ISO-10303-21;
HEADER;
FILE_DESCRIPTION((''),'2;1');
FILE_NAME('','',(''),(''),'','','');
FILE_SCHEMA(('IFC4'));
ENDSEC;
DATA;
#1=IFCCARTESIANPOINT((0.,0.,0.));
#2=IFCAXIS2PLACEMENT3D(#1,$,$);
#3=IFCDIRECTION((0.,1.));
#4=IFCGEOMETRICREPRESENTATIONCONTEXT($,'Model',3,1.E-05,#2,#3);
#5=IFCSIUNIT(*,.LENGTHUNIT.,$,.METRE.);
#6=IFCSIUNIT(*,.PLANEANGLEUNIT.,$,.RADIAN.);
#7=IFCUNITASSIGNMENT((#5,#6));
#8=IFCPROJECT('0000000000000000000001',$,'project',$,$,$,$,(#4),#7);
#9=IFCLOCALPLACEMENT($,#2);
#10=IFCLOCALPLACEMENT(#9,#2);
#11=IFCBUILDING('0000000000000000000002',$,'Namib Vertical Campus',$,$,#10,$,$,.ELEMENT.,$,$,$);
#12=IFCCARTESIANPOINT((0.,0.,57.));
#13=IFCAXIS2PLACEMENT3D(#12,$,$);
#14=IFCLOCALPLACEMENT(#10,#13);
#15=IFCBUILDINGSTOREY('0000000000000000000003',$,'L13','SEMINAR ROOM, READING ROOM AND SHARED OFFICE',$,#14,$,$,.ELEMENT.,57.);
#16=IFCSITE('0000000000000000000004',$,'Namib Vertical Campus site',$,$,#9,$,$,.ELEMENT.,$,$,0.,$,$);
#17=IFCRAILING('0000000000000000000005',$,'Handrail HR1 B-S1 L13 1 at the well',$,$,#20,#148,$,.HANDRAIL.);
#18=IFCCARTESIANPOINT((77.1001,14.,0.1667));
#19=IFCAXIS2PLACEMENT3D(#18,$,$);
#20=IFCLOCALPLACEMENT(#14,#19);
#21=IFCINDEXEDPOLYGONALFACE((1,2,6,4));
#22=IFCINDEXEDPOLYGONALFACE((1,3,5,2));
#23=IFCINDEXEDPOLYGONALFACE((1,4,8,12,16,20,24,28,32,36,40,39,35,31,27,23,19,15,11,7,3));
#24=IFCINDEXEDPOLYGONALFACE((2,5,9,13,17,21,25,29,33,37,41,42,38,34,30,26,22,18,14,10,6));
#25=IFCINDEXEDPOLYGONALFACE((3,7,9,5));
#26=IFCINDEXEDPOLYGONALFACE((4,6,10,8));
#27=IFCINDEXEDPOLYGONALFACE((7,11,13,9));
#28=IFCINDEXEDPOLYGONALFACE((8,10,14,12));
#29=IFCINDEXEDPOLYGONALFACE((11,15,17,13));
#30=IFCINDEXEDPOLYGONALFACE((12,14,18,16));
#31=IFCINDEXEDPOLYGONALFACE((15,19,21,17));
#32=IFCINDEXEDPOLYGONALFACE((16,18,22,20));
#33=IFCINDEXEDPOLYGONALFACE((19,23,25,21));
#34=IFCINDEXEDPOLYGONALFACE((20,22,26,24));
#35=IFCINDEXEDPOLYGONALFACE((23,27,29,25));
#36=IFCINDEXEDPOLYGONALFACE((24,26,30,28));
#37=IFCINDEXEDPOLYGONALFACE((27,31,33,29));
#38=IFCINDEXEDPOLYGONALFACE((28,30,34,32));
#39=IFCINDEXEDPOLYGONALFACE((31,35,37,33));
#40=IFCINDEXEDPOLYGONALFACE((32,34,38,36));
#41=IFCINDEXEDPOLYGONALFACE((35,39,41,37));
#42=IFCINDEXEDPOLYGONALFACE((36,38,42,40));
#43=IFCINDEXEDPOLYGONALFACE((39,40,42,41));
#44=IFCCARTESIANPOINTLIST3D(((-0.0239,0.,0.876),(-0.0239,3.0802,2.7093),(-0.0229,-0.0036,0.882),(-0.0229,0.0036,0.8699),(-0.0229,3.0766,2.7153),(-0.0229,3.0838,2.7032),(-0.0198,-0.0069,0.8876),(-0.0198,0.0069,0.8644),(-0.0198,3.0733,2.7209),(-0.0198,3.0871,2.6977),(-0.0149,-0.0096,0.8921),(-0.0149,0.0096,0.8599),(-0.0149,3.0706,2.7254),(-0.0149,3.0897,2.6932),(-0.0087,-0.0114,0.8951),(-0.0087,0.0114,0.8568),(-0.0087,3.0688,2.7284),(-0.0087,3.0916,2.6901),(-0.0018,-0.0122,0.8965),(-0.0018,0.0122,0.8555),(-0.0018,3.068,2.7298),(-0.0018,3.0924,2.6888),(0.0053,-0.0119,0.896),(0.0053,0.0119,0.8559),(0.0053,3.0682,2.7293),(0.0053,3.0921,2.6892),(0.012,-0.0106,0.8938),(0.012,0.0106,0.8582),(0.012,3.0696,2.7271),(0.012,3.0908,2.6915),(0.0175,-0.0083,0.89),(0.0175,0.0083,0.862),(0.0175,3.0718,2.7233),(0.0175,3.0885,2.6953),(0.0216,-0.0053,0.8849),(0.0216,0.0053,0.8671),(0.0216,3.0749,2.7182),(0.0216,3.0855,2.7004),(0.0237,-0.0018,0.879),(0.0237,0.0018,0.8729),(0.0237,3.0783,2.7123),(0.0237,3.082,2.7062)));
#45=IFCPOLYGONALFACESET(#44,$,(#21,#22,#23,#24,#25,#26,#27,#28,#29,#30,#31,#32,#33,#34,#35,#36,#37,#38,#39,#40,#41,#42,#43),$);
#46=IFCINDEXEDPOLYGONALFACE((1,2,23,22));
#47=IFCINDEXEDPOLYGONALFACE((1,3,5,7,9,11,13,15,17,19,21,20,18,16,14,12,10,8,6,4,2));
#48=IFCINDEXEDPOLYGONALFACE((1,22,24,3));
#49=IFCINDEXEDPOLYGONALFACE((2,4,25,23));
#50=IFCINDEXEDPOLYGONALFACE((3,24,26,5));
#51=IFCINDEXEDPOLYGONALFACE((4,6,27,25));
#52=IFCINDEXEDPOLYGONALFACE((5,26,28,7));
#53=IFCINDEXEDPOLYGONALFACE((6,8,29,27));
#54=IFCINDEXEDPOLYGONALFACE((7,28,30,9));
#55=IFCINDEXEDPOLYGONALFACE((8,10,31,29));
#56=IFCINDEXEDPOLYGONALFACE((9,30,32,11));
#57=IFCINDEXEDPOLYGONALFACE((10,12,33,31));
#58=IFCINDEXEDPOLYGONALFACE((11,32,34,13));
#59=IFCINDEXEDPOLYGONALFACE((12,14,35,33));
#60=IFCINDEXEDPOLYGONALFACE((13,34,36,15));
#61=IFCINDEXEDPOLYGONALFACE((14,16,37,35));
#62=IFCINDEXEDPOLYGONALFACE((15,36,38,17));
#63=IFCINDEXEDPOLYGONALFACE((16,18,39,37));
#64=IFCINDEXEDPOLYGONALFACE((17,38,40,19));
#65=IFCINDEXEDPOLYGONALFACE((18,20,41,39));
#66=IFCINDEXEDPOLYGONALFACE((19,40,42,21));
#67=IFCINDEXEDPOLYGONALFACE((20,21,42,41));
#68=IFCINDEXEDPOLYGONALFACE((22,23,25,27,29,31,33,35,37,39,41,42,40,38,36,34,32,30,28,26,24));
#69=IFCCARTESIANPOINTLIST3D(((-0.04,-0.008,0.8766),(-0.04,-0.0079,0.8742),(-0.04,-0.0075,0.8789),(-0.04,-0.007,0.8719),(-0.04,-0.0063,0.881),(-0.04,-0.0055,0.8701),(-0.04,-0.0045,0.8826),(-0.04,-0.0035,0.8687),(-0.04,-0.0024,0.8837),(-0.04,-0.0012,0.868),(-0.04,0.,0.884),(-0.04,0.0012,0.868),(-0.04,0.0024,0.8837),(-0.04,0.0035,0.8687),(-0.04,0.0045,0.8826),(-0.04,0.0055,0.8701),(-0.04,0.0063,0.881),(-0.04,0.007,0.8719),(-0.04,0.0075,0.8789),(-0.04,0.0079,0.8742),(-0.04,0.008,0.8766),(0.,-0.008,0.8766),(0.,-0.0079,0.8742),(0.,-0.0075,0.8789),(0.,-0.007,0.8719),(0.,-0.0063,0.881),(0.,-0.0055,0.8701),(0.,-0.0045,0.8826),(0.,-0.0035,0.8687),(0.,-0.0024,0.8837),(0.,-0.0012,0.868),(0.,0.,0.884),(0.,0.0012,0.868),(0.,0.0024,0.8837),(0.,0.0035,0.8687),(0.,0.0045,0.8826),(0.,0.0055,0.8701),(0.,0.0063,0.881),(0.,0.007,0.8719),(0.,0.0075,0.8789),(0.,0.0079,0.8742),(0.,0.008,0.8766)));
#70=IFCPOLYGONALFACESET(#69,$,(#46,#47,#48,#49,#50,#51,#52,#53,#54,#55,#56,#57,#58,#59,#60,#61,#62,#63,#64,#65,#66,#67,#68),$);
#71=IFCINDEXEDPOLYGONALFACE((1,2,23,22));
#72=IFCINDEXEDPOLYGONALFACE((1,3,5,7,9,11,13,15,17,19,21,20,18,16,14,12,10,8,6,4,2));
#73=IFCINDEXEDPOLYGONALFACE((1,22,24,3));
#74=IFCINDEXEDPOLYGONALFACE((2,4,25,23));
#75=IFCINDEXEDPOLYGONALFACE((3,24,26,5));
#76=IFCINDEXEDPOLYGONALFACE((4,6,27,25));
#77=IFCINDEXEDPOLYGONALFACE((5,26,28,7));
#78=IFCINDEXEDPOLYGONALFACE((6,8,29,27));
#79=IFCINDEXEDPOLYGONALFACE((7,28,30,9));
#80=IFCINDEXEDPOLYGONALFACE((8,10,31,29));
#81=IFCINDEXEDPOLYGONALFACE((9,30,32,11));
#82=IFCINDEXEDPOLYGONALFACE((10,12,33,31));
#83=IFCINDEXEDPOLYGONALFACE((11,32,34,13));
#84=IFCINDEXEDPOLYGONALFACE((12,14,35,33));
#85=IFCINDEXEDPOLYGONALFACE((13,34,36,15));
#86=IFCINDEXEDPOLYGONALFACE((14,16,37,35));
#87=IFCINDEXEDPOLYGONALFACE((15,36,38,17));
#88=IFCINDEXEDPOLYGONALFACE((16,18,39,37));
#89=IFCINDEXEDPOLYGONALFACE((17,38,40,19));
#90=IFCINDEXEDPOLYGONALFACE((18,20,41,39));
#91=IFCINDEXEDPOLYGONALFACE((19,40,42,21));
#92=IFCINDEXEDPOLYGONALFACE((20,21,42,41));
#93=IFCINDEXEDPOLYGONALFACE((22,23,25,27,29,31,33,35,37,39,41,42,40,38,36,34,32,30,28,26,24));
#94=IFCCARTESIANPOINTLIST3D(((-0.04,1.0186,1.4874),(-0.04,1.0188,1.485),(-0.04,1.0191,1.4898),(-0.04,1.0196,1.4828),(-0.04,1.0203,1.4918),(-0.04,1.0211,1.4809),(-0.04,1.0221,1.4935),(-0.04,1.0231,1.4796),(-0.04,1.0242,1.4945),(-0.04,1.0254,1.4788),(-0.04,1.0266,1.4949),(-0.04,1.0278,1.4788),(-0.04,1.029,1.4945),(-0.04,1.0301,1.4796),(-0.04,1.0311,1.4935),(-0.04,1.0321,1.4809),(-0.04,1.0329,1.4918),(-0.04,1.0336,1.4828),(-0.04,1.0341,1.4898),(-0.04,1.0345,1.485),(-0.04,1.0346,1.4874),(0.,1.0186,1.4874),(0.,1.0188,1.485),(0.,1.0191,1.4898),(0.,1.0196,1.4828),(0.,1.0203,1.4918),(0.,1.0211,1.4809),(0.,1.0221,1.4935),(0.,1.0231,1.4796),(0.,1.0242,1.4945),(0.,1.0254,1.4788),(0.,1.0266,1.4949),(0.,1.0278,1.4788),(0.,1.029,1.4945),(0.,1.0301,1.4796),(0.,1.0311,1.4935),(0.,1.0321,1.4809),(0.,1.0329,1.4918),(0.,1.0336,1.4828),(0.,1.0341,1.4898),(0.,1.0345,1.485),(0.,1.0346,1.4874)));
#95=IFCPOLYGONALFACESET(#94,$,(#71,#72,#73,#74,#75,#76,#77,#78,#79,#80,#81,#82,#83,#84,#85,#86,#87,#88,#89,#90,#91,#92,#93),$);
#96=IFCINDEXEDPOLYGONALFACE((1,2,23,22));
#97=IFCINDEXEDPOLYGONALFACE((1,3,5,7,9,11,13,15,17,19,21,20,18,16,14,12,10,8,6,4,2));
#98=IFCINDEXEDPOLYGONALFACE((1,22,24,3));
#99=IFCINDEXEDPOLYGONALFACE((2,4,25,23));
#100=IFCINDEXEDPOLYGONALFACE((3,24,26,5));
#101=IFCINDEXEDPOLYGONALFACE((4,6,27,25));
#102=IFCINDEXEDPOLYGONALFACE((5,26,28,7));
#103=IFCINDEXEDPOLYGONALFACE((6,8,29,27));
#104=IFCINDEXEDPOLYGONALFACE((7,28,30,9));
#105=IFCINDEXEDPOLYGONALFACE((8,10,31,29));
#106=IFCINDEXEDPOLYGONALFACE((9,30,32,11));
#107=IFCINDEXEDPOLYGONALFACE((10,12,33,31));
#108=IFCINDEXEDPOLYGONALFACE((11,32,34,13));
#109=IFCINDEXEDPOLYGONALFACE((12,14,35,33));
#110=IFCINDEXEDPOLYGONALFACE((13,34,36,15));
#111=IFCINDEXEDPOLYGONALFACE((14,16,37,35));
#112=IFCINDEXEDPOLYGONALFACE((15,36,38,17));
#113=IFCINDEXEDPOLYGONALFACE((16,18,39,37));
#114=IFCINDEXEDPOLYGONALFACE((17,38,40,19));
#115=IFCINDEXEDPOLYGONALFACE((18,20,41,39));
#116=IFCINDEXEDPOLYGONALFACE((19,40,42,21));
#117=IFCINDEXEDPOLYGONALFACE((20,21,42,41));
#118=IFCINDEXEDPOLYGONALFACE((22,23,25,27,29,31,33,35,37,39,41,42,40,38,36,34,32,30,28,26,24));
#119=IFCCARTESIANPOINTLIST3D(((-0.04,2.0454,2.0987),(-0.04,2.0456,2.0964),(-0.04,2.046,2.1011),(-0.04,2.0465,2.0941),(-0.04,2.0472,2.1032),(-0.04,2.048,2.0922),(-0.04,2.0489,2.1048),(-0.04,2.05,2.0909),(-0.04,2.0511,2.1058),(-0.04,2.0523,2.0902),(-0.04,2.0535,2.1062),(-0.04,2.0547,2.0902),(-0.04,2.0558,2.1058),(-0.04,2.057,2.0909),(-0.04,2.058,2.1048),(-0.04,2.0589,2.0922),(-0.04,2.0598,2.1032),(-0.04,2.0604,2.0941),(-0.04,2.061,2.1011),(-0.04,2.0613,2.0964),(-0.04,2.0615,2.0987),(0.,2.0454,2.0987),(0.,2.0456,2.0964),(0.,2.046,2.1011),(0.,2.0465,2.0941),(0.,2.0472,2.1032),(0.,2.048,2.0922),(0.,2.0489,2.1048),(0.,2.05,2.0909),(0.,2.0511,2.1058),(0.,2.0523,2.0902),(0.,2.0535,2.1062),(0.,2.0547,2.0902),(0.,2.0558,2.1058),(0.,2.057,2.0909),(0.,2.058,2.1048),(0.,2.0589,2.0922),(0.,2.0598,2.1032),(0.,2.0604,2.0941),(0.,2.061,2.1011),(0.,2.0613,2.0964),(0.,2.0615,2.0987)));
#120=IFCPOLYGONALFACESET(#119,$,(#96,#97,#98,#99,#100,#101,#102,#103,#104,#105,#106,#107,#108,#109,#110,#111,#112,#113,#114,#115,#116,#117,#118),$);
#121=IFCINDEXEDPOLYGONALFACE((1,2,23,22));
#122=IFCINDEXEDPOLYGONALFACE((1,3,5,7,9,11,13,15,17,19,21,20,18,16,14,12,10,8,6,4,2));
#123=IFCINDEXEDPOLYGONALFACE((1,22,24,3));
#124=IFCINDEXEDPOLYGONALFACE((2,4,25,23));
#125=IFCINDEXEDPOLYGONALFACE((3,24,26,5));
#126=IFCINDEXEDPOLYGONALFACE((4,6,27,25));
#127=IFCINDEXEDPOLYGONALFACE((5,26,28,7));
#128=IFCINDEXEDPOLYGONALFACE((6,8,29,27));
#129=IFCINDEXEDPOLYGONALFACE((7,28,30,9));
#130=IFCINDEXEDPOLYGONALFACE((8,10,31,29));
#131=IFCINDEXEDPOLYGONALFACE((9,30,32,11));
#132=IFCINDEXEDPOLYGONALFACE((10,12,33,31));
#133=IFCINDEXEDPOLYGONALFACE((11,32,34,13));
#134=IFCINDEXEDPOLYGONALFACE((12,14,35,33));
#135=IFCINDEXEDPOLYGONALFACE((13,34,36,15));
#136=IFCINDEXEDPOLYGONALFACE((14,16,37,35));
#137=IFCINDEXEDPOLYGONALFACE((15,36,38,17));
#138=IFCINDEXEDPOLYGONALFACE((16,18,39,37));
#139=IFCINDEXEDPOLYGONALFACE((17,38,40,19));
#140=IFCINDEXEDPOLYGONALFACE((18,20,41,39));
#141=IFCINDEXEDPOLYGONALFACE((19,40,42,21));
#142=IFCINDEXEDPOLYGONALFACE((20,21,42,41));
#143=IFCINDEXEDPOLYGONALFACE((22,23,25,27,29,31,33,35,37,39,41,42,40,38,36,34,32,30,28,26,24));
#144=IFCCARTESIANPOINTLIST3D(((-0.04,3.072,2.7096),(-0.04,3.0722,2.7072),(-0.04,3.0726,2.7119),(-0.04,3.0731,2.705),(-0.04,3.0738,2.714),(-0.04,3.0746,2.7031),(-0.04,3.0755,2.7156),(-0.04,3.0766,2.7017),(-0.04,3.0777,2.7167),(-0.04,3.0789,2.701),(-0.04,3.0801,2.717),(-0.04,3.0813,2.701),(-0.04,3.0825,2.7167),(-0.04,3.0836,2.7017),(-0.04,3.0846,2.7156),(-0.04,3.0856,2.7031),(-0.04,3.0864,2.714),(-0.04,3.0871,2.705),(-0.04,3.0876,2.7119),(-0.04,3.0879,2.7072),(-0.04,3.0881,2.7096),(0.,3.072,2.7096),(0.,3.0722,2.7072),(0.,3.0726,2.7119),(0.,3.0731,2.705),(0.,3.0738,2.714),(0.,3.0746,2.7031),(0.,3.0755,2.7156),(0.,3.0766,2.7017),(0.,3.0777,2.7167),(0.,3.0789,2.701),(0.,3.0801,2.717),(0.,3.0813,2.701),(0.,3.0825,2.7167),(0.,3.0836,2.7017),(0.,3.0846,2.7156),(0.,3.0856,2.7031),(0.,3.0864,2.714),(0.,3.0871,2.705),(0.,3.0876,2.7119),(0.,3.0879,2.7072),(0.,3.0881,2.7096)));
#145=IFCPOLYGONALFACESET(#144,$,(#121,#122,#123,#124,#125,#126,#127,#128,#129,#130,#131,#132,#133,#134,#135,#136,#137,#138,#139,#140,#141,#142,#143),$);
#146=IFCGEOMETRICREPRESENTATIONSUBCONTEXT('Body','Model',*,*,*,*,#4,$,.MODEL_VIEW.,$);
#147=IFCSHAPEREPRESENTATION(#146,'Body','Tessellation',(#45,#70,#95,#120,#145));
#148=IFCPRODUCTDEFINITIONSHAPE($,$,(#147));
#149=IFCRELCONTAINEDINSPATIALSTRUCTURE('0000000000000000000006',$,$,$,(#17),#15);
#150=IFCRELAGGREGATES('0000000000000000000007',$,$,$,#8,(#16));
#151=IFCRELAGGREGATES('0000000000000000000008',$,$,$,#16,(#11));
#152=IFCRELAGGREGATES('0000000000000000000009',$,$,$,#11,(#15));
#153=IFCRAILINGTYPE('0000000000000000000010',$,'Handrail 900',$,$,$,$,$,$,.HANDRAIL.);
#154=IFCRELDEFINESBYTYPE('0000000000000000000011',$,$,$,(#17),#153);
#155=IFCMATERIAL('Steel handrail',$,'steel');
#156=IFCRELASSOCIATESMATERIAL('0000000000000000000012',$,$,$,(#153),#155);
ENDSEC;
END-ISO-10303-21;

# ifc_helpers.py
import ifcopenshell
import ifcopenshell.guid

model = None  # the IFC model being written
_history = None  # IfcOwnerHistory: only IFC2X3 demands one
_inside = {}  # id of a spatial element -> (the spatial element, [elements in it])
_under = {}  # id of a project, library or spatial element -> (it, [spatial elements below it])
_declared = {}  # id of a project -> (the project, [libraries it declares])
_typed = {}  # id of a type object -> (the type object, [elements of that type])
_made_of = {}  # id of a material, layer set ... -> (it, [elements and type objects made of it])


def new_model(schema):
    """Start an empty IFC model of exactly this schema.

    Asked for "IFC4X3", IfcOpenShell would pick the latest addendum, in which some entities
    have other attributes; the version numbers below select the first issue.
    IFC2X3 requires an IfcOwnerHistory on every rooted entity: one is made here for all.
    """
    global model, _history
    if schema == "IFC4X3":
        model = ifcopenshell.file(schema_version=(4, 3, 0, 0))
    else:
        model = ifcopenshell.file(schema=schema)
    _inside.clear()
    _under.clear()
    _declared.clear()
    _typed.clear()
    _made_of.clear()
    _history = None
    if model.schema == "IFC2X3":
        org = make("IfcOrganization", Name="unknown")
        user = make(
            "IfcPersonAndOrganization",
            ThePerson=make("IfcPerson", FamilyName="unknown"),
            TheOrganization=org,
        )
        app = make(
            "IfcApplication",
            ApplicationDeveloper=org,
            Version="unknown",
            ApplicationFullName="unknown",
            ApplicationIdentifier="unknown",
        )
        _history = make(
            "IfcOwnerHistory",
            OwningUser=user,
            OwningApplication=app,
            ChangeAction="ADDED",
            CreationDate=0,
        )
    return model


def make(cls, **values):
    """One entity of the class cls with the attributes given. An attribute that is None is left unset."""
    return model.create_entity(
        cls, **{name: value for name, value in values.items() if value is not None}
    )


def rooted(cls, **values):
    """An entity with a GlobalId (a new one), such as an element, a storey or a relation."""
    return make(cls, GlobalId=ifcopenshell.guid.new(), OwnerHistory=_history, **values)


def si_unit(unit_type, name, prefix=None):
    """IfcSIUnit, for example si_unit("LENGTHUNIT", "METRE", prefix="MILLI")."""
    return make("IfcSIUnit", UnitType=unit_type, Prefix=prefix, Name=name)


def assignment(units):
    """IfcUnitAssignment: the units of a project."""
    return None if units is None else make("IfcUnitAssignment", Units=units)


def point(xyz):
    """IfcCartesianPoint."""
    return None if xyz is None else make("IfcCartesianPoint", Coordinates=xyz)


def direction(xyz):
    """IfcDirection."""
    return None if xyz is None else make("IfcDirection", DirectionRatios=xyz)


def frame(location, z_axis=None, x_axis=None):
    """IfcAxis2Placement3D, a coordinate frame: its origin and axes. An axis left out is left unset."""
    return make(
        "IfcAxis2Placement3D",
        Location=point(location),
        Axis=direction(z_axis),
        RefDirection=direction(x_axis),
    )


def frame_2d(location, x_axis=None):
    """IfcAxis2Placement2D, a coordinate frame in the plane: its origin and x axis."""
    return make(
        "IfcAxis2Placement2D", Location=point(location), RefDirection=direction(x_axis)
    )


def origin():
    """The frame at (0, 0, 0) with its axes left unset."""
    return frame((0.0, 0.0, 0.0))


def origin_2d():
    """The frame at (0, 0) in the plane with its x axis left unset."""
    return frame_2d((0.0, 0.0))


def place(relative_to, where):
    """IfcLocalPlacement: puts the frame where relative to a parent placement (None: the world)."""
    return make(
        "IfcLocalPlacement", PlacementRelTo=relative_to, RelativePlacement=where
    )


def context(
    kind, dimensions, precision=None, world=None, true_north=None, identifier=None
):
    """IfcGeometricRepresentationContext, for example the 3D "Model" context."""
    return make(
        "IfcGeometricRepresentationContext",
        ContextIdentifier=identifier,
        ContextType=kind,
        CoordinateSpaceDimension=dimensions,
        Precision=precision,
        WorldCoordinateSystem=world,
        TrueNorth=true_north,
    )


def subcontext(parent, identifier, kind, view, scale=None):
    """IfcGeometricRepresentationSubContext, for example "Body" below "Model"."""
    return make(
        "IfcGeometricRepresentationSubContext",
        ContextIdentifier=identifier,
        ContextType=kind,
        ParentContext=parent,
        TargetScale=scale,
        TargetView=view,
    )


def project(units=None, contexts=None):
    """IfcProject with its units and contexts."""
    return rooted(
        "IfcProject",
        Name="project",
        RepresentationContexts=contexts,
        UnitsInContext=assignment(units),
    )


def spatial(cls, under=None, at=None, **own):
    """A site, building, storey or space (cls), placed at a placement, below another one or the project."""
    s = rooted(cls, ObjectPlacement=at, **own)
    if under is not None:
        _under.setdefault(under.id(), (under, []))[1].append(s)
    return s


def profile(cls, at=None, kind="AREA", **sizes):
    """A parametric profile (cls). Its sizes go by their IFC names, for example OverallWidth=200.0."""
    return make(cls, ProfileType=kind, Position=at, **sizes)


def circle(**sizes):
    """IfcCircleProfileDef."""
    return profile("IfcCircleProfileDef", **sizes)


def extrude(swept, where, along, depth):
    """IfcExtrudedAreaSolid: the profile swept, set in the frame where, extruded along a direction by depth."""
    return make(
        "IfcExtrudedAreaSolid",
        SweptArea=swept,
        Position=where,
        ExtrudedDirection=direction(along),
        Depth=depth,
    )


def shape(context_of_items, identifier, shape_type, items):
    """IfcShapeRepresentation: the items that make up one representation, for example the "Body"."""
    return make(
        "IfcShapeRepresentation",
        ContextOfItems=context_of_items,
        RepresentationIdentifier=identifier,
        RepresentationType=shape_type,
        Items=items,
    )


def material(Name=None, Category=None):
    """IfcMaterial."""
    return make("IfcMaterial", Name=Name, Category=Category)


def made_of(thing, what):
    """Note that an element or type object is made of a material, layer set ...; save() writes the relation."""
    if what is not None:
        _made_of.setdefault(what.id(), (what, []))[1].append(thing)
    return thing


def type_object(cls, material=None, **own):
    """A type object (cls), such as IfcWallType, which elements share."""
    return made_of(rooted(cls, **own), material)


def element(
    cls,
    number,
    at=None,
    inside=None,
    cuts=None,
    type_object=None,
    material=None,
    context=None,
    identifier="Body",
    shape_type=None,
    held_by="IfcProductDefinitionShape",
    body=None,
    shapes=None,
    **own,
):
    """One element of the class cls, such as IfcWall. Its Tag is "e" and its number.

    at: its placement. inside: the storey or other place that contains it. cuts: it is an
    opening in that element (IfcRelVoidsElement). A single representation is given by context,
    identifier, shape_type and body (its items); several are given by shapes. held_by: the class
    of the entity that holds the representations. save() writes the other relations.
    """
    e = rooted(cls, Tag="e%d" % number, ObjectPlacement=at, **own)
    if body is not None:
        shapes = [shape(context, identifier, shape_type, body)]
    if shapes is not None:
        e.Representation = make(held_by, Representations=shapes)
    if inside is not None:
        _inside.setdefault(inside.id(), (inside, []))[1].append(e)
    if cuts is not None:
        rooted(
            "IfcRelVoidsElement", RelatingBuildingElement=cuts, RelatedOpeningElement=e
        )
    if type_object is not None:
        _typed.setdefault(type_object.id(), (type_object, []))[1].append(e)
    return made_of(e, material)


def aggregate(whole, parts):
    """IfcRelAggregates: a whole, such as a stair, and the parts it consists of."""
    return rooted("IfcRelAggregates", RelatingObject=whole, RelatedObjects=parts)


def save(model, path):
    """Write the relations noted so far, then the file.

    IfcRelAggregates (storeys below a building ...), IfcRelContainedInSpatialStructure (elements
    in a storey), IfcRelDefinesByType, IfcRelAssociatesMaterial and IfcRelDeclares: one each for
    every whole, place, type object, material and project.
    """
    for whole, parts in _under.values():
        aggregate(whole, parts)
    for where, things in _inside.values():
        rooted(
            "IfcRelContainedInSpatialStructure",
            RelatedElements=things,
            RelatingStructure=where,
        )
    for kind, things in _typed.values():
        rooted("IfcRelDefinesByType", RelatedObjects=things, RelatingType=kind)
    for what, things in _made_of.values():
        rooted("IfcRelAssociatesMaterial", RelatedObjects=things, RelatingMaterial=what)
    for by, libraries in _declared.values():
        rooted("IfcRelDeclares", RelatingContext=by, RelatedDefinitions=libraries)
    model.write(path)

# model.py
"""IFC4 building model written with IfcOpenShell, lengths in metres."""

from ifc_helpers import new_model, si_unit, direction, frame, origin, origin_2d, place, context, subcontext, project, spatial, circle, extrude, material, type_object, element, save


model = new_model("IFC4")

# Units and contexts
model_context = context("Model", 3, precision=1e-05, world=origin(), true_north=direction((0.0, 1.0)))
body_context = subcontext(model_context, "Body", "Model", "MODEL_VIEW")
ifc_project = project(units=[si_unit("LENGTHUNIT", "METRE"), si_unit("PLANEANGLEUNIT", "RADIAN")], contexts=[model_context])

# Site, building, storey
site_placement = place(None, origin())
site = spatial("IfcSite", under=ifc_project, at=site_placement, Name="Namib Vertical Campus site", CompositionType="ELEMENT", RefElevation=0.0)
building_placement = place(site_placement, origin())
building = spatial("IfcBuilding", under=site, at=building_placement, Name="Namib Vertical Campus", CompositionType="ELEMENT")
storey_placement = place(building_placement, frame((0.0, 0.0, 57.0)))
storey = spatial("IfcBuildingStorey", under=building, at=storey_placement, Name="L13", Description="SEMINAR ROOM, READING ROOM AND SHARED OFFICE", CompositionType="ELEMENT", Elevation=57.0)

# Railing
ifc_material_1 = material(Name="Steel handrail", Category="steel")
railing_type_1 = type_object("IfcRailingType", Name="Handrail 900", PredefinedType="HANDRAIL", material=ifc_material_1)
railing_1_placement = place(storey_placement, frame((77.1001, 14.0, 0.1667)))
element("IfcRailing", 1, at=railing_1_placement, inside=storey, type_object=railing_type_1, Name="Handrail HR1 B-S1 L13 1 at the well", PredefinedType="HANDRAIL", context=body_context, shape_type="SweptSolid", body=[
    extrude(circle(Radius=0.0239, at=origin_2d()), frame((0.0, 0.0, 0.876), z_axis=(0.0, 0.859309, 0.511458), x_axis=(-1.0, 0.0, 0.0)), (0.0, 0.0, 1.0), 3.5845),
    extrude(circle(Radius=0.0081, at=origin_2d()), frame((0.0, 0.0, 0.876), z_axis=(-1.0, 0.0, 0.0), x_axis=(0.0, 0.0, 1.0)), (0.0, 0.0, 1.0), 0.04),
    extrude(circle(Radius=0.0081, at=origin_2d()), frame((0.0, 1.0266, 1.4868), z_axis=(-1.0, 0.0, 0.0), x_axis=(0.0, 0.0, 1.0)), (0.0, 0.0, 1.0), 0.04),
    extrude(circle(Radius=0.0081, at=origin_2d()), frame((0.0, 2.0535, 2.0981), z_axis=(-1.0, 0.0, 0.0), x_axis=(0.0, 0.0, 1.0)), (0.0, 0.0, 1.0), 0.04),
    extrude(circle(Radius=0.0081, at=origin_2d()), frame((0.0, 3.0801, 2.709), z_axis=(-1.0, 0.0, 0.0), x_axis=(0.0, 0.0, 1.0)), (0.0, 0.0, 1.0), 0.04),
])

save(model, "model.ifc")
